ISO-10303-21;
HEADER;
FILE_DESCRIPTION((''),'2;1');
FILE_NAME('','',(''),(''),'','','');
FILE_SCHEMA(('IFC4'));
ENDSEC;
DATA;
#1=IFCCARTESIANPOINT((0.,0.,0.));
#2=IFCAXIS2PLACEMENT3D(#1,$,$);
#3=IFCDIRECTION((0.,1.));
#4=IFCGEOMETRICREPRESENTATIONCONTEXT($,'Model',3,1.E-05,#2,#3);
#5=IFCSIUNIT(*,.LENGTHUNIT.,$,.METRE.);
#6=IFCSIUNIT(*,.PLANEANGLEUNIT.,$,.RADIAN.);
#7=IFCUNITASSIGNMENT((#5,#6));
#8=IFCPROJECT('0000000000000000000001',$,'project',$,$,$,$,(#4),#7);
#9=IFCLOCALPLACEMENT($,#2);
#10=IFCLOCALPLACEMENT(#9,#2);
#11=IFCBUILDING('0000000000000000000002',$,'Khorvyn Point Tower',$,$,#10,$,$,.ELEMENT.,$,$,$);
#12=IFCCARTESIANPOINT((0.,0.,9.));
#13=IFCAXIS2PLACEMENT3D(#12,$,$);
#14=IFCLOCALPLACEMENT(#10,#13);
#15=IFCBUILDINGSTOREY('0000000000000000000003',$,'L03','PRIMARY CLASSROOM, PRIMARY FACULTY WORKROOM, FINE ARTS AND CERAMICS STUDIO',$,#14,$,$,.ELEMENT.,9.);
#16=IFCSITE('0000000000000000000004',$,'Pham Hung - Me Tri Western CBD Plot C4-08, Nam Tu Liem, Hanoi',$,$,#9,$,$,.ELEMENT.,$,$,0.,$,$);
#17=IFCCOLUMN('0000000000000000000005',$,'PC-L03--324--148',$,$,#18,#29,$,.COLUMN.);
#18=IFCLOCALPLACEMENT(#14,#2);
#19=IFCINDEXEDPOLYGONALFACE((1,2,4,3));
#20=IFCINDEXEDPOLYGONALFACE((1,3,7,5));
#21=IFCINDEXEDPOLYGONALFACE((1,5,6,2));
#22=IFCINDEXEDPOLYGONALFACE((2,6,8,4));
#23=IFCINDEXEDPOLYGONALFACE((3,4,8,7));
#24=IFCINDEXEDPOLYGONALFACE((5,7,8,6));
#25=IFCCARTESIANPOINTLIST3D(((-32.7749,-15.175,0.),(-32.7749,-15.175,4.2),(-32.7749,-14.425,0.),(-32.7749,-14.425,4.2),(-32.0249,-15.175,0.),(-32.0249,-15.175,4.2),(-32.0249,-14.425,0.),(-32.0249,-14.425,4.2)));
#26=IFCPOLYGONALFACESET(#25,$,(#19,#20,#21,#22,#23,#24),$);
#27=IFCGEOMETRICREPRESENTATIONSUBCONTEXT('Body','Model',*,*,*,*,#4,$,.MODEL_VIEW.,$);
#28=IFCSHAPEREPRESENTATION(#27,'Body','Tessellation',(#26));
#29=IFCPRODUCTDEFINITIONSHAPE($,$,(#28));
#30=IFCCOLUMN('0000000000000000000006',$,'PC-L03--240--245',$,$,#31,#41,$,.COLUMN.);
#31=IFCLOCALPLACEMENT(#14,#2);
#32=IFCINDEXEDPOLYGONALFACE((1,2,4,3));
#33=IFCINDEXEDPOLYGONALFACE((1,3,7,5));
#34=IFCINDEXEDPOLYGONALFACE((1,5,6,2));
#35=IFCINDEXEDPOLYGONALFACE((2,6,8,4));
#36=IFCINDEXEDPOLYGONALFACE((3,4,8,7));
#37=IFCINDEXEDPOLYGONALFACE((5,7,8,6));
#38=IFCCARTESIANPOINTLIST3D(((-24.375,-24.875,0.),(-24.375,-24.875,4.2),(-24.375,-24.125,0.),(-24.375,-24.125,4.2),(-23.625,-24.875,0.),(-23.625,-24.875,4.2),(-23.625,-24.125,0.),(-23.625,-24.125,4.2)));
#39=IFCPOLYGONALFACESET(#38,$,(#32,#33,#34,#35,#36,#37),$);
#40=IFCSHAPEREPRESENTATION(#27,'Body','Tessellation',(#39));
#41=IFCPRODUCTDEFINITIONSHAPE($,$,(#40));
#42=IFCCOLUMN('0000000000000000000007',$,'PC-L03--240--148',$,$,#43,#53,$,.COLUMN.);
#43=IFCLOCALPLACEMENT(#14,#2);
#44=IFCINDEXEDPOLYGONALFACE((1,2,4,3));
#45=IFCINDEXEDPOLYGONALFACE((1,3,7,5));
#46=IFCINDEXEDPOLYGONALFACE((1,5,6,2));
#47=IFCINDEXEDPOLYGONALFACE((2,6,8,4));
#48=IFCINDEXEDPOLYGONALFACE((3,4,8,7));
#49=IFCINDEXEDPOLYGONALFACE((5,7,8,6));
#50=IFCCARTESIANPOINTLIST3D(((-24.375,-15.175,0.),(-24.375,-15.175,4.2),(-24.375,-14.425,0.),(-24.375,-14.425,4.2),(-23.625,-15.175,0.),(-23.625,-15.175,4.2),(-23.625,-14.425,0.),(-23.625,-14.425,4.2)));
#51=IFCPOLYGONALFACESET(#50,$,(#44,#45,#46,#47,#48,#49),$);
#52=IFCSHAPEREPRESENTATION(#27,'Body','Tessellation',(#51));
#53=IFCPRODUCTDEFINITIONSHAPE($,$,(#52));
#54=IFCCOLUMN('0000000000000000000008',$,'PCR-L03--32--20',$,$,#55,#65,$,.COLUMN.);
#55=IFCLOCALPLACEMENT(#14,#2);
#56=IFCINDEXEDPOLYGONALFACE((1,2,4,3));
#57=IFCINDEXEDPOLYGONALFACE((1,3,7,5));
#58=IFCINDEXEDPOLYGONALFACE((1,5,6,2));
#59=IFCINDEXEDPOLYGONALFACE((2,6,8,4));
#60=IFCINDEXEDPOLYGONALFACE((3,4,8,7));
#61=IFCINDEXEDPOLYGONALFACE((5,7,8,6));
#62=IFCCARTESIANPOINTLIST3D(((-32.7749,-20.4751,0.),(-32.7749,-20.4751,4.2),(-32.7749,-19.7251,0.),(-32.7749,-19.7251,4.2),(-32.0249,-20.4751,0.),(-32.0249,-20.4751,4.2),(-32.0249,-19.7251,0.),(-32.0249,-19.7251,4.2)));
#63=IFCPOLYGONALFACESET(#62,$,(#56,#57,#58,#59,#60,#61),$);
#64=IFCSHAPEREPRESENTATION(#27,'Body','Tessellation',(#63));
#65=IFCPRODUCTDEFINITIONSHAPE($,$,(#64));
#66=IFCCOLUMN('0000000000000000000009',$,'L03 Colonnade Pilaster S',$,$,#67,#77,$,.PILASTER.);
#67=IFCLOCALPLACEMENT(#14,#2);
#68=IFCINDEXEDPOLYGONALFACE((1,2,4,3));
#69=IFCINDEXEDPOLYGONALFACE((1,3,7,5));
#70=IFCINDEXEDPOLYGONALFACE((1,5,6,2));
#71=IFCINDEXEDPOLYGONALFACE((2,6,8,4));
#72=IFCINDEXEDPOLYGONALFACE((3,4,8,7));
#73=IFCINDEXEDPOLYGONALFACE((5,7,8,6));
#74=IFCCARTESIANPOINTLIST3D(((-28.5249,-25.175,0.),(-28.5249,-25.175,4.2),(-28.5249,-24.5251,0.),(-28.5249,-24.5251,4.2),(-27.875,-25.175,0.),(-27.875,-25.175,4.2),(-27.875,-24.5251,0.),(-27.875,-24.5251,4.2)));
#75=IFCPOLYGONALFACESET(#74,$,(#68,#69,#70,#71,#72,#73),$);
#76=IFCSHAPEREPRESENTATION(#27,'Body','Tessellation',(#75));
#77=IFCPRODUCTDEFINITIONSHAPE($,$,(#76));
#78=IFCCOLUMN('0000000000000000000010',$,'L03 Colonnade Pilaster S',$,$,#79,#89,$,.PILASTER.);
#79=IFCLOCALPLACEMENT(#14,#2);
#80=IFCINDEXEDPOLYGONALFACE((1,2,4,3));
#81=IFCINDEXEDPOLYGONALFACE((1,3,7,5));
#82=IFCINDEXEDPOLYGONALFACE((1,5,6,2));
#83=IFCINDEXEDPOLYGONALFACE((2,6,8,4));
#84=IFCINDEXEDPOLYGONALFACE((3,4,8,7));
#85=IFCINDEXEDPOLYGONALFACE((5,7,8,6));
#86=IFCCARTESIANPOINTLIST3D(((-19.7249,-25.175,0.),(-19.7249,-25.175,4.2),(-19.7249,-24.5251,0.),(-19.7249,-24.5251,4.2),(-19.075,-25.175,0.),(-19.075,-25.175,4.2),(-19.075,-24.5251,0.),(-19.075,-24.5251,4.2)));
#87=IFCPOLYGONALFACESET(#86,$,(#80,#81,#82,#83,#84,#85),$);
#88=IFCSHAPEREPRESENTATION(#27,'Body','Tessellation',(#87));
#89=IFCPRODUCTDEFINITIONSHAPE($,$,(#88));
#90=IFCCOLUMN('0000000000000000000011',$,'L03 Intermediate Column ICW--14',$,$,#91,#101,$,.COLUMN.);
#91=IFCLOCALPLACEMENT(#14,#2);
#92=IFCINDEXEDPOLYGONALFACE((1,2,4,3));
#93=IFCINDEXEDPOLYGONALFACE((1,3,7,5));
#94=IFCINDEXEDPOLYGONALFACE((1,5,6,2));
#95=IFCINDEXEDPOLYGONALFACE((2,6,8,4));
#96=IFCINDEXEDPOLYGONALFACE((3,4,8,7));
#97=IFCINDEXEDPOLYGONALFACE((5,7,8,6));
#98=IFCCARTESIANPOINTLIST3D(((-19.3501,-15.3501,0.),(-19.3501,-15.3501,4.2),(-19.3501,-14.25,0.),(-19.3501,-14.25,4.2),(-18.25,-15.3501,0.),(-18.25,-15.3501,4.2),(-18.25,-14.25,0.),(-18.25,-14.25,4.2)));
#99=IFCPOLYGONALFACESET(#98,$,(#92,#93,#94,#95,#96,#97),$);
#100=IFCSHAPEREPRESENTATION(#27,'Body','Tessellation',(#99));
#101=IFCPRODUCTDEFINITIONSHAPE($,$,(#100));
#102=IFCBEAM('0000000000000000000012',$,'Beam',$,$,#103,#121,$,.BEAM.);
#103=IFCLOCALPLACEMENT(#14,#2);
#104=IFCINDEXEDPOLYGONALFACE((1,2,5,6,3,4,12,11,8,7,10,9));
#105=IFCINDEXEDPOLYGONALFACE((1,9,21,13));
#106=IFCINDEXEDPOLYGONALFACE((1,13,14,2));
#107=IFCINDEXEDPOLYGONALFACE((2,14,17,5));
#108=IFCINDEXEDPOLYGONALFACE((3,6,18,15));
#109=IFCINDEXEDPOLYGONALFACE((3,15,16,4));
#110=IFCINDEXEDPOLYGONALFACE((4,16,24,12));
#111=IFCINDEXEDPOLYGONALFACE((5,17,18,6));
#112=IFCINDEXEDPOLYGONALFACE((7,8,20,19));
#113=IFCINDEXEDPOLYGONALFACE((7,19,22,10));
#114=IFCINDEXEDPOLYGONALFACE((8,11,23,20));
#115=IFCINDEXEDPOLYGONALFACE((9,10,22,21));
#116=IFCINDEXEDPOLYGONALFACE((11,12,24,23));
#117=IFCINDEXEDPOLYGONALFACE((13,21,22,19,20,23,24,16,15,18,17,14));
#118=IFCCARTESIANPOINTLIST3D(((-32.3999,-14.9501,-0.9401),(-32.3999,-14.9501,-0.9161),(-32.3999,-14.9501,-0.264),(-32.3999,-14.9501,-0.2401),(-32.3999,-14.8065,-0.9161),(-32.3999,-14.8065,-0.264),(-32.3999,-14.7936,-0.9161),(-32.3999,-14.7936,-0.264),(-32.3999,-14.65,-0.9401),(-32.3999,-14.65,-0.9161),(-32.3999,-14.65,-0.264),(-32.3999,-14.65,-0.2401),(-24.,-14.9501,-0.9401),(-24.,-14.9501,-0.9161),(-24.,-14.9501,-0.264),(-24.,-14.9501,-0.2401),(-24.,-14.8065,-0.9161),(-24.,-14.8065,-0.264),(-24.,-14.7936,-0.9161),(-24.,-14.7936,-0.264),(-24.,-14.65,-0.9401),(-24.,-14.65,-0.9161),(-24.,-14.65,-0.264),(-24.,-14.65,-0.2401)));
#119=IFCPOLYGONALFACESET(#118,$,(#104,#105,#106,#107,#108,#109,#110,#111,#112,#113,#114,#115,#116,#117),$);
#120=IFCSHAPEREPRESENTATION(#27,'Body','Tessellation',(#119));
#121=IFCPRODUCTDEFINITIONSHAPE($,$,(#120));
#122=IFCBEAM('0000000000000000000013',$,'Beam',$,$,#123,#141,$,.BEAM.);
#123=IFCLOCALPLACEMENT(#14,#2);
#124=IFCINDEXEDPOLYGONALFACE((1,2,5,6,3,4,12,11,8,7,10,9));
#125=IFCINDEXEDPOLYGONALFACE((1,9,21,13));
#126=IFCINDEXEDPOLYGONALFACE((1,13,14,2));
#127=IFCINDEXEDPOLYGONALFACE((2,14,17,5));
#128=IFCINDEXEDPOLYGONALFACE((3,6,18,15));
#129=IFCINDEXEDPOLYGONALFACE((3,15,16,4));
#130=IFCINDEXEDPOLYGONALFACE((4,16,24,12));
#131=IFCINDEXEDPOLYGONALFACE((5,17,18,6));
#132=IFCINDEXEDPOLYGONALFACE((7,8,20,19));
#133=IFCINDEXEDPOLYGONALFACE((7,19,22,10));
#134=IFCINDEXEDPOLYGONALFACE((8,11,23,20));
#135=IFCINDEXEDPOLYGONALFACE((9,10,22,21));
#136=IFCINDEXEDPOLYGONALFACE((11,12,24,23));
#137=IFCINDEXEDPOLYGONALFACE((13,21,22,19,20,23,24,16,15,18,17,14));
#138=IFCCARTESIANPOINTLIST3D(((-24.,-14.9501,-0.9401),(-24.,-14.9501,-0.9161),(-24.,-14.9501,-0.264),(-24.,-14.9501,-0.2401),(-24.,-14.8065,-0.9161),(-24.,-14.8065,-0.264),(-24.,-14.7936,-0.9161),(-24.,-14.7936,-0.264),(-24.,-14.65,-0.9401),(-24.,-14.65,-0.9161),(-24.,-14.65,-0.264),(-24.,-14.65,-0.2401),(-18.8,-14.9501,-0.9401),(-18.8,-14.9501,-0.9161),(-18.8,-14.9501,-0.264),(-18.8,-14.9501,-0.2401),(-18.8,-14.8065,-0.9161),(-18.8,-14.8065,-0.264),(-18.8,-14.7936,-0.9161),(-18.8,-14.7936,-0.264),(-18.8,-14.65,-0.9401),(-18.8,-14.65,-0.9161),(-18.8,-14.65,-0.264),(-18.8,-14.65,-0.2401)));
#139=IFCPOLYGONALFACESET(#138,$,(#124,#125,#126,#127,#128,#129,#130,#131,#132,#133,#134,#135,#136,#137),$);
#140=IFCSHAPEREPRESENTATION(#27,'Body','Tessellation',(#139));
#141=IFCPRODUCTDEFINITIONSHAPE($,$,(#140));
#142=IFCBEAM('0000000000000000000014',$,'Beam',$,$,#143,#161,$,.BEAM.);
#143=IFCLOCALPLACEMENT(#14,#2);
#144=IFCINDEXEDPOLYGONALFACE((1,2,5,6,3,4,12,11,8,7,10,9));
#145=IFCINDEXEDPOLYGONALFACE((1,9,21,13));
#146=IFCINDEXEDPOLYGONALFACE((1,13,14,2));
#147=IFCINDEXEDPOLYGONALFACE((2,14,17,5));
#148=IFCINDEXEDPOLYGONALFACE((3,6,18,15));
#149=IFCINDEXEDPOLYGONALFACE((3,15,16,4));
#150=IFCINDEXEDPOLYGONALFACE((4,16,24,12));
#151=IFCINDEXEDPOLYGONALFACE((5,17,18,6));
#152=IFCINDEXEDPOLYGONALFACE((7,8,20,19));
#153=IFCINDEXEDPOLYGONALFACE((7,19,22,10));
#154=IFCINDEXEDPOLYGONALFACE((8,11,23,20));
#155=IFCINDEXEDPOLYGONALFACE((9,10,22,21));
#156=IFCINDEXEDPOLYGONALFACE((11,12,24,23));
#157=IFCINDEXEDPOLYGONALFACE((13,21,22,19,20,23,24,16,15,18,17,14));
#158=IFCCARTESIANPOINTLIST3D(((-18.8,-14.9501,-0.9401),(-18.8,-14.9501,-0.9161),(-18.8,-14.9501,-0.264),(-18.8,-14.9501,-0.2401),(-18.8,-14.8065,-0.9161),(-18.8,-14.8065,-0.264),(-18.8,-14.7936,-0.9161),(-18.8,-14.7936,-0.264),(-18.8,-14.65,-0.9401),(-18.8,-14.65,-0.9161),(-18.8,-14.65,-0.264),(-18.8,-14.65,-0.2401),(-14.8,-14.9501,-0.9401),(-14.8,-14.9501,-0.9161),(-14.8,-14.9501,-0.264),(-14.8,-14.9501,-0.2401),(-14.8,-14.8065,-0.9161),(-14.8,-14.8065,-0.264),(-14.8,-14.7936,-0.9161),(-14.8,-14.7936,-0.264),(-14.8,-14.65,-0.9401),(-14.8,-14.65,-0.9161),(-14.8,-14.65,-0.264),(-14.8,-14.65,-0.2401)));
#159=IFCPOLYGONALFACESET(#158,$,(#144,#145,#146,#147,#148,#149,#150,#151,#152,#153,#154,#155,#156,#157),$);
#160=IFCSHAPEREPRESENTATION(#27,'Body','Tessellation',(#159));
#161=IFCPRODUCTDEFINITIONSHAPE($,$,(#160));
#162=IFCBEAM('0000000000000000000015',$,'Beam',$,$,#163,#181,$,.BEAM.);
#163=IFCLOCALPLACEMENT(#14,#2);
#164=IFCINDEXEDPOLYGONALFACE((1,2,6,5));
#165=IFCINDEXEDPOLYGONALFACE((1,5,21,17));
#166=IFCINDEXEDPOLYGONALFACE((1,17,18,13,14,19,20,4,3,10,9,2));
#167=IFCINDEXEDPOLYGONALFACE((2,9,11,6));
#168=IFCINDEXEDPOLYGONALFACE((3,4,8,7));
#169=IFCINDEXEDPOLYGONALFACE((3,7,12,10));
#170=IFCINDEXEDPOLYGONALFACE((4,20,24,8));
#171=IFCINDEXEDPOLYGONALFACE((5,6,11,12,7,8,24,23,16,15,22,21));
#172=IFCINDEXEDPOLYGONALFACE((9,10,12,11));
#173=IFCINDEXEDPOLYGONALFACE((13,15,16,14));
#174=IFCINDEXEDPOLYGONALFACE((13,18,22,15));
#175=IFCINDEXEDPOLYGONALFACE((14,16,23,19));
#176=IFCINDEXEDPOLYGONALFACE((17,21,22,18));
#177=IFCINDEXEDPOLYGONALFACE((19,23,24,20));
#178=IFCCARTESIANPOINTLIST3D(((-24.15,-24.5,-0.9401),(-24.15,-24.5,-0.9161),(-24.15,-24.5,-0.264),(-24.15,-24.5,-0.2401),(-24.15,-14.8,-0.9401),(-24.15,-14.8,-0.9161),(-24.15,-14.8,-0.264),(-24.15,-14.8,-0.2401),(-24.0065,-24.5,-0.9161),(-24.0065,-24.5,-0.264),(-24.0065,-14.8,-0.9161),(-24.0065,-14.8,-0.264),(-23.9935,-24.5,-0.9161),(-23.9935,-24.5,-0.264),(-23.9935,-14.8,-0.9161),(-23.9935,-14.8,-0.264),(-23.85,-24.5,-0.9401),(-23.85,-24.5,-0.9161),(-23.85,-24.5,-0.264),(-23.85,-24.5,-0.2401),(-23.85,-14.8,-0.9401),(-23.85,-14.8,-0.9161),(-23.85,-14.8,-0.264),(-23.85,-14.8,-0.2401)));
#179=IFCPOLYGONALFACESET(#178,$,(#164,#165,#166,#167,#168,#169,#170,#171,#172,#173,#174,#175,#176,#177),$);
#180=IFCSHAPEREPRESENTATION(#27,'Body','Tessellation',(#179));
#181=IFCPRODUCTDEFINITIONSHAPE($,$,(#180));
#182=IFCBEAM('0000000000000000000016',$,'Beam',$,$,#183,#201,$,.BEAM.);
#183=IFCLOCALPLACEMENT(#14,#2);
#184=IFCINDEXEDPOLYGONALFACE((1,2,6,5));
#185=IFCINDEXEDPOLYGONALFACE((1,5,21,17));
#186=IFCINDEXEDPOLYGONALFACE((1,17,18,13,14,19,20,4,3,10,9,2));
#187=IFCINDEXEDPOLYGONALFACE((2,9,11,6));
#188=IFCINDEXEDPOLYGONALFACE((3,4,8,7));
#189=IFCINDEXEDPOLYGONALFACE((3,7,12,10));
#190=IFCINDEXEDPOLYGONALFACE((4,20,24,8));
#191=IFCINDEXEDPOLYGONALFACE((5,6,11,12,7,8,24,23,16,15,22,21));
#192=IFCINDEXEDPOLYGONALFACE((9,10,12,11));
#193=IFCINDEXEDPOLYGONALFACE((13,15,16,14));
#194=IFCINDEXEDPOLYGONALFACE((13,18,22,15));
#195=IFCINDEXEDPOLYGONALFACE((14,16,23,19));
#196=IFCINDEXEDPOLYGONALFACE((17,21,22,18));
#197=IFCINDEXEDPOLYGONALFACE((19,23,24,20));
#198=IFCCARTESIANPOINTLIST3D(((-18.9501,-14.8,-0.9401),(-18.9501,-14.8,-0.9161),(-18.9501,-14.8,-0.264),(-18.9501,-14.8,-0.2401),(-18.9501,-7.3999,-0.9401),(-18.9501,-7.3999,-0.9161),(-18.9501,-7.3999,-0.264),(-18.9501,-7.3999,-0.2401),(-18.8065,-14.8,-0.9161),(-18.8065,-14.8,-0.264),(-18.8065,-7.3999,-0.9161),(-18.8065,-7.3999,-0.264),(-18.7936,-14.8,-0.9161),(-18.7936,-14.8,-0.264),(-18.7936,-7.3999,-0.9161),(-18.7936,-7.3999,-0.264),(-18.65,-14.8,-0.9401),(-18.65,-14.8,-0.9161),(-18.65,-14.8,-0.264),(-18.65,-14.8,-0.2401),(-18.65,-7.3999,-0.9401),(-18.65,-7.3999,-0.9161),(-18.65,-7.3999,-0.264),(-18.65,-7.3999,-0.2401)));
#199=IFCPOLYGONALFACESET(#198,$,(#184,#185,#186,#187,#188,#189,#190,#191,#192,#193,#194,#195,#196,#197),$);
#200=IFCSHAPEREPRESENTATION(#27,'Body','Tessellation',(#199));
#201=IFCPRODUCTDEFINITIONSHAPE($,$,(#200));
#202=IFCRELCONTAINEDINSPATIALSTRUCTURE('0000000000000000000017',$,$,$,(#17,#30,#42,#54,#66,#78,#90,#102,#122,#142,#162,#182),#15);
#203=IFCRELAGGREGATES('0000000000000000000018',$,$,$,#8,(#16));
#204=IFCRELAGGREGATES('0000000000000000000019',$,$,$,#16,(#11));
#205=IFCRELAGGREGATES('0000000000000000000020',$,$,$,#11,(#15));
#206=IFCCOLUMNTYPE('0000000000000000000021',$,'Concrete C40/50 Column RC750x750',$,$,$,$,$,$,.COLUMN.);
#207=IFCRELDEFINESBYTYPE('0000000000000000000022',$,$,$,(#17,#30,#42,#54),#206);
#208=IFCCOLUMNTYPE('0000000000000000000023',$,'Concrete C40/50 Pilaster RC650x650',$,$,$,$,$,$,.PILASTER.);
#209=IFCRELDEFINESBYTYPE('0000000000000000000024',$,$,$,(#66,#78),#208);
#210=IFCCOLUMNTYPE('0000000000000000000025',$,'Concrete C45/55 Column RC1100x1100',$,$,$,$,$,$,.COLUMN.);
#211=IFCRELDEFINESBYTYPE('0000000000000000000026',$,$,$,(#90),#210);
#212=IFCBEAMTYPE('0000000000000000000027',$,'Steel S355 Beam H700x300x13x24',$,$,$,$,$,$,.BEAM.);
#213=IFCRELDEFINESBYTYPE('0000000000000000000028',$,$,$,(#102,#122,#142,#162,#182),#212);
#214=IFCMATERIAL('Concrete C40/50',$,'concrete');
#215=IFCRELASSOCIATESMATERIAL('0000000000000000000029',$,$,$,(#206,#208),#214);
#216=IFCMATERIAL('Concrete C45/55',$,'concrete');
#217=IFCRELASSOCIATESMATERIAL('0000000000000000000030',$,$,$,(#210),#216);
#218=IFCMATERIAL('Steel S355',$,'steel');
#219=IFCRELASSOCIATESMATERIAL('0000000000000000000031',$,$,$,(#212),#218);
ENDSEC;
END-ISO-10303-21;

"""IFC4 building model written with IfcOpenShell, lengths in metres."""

from ifc_helpers import new_model, si_unit, direction, frame, origin, origin_2d, place, context, subcontext, project, spatial, rectangle, i_section, extrude, material, material_profile, profile_set, type_object, element, save


model = new_model("IFC4")

# Units and contexts
model_context = context("Model", 3, precision=1e-05, world=origin(), true_north=direction((0.0, 1.0)))
body_context = subcontext(model_context, "Body", "Model", "MODEL_VIEW")
ifc_project = project(units=[si_unit("LENGTHUNIT", "METRE"), si_unit("PLANEANGLEUNIT", "RADIAN")], contexts=[model_context])

# Site, building, storey
site_placement = place(None, origin())
site = spatial("IfcSite", under=ifc_project, at=site_placement, Name="Pham Hung - Me Tri Western CBD Plot C4-08, Nam Tu Liem, Hanoi", CompositionType="ELEMENT", RefElevation=0.0)
building_placement = place(site_placement, origin())
building = spatial("IfcBuilding", under=site, at=building_placement, Name="Khorvyn Point Tower", CompositionType="ELEMENT")
storey_placement = place(building_placement, frame((0.0, 0.0, 9.0)))
storey = spatial("IfcBuildingStorey", under=building, at=storey_placement, Name="L03", Description="PRIMARY CLASSROOM, PRIMARY FACULTY WORKROOM, FINE ARTS AND CERAMICS STUDIO", CompositionType="ELEMENT", Elevation=9.0)

# Columns
ifc_material_1 = material(Name="Concrete C40/50", Category="concrete")
ifc_material_profile_1 = material_profile(ifc_material_1, rectangle(XDim=0.75, YDim=0.75, at=origin_2d()))
ifc_profile_set_1 = profile_set([ifc_material_profile_1], Name="Concrete C40/50 RC750x750")
column_type_1 = type_object("IfcColumnType", Name="Concrete C40/50 Column RC750x750", PredefinedType="COLUMN", material=ifc_profile_set_1)
for number, where, z_axis, x_axis, name in (
    (1, (-32.3999, -14.8, 0.0), (0.0, 0.0, 1.0), (1.0, 0.0, 0.0), "PC-L03--324--148"),
    (2, (-24.0, -24.5, 0.0), (0.0, 0.0, 1.0), (1.0, 0.0, 0.0), "PC-L03--240--245"),
    (3, (-24.0, -14.8, 0.0), (0.0, 0.0, 1.0), (1.0, 0.0, 0.0), "PC-L03--240--148"),
    (4, (-32.3999, -20.1001, 0.0), (0.0, 0.0, 1.0), (1.0, 0.0, 0.0), "PCR-L03--32--20"),
):
    element("IfcColumn", number, at=place(storey_placement, frame(where, z_axis=z_axis, x_axis=x_axis)), inside=storey, type_object=column_type_1, Name=name, PredefinedType="COLUMN", context=body_context, shape_type="SweptSolid", body=[
        extrude(rectangle(XDim=0.75, YDim=0.75, at=origin_2d()), origin(), (0.0, 0.0, 1.0), 4.2),
    ])
ifc_material_profile_2 = material_profile(ifc_material_1, rectangle(XDim=0.6499, YDim=0.6499, at=origin_2d()))
ifc_profile_set_2 = profile_set([ifc_material_profile_2], Name="Concrete C40/50 RC650x650")
column_type_2 = type_object("IfcColumnType", Name="Concrete C40/50 Pilaster RC650x650", PredefinedType="PILASTER", material=ifc_profile_set_2)
for number, where, z_axis, x_axis, name in (
    (5, (-28.2, -24.8501, 0.0), (0.0, 0.0, 1.0), (1.0, 0.0, 0.0), "L03 Colonnade Pilaster S"),
    (6, (-19.3999, -24.8501, 0.0), (0.0, 0.0, 1.0), (1.0, 0.0, 0.0), "L03 Colonnade Pilaster S"),
):
    element("IfcColumn", number, at=place(storey_placement, frame(where, z_axis=z_axis, x_axis=x_axis)), inside=storey, type_object=column_type_2, Name=name, PredefinedType="PILASTER", context=body_context, shape_type="SweptSolid", body=[
        extrude(rectangle(XDim=0.6499, YDim=0.6499, at=origin_2d()), origin(), (0.0, 0.0, 1.0), 4.2),
    ])
ifc_material_2 = material(Name="Concrete C45/55", Category="concrete")
ifc_material_profile_3 = material_profile(ifc_material_2, rectangle(XDim=1.1001, YDim=1.1001, at=origin_2d()))
ifc_profile_set_3 = profile_set([ifc_material_profile_3], Name="Concrete C45/55 RC1100x1100")
column_type_3 = type_object("IfcColumnType", Name="Concrete C45/55 Column RC1100x1100", PredefinedType="COLUMN", material=ifc_profile_set_3)
column_placement = place(storey_placement, frame((-18.8, -14.8, 0.0), z_axis=(0.0, 0.0, 1.0), x_axis=(1.0, 0.0, 0.0)))
element("IfcColumn", 7, at=column_placement, inside=storey, type_object=column_type_3, Name="L03 Intermediate Column ICW--14", PredefinedType="COLUMN", context=body_context, shape_type="SweptSolid", body=[
    extrude(rectangle(XDim=1.1001, YDim=1.1001, at=origin_2d()), origin(), (0.0, 0.0, 1.0), 4.2),
])

# Beams
ifc_material_3 = material(Name="Steel S355", Category="steel")
ifc_material_profile_4 = material_profile(ifc_material_3, i_section(OverallWidth=0.3, OverallDepth=0.7, WebThickness=0.0129, FlangeThickness=0.0239, at=origin_2d()))
ifc_profile_set_4 = profile_set([ifc_material_profile_4], Name="Steel S355 H700x300x13x24")
beam_type_1 = type_object("IfcBeamType", Name="Steel S355 Beam H700x300x13x24", PredefinedType="BEAM", material=ifc_profile_set_4)
beam_1_placement = place(storey_placement, frame((-32.3999, -14.8, -0.5901), z_axis=(1.0, 0.0, 0.0), x_axis=(0.0, 1.0, 0.0)))
element("IfcBeam", 8, at=beam_1_placement, inside=storey, type_object=beam_type_1, Name="Beam", PredefinedType="BEAM", context=body_context, shape_type="SweptSolid", body=[
    extrude(i_section(OverallWidth=0.3, OverallDepth=0.7, WebThickness=0.0129, FlangeThickness=0.0239, at=origin_2d()), origin(), (0.0, 0.0, 1.0), 8.3999),
])
beam_2_placement = place(storey_placement, frame((-24.0, -14.8, -0.5901), z_axis=(1.0, 0.0, 0.0), x_axis=(0.0, 1.0, 0.0)))
element("IfcBeam", 9, at=beam_2_placement, inside=storey, type_object=beam_type_1, Name="Beam", PredefinedType="BEAM", context=body_context, shape_type="SweptSolid", body=[
    extrude(i_section(OverallWidth=0.3, OverallDepth=0.7, WebThickness=0.0129, FlangeThickness=0.0239, at=origin_2d()), origin(), (0.0, 0.0, 1.0), 5.2),
])
beam_3_placement = place(storey_placement, frame((-18.8, -14.8, -0.5901), z_axis=(1.0, 0.0, 0.0), x_axis=(0.0, 1.0, 0.0)))
element("IfcBeam", 10, at=beam_3_placement, inside=storey, type_object=beam_type_1, Name="Beam", PredefinedType="BEAM", context=body_context, shape_type="SweptSolid", body=[
    extrude(i_section(OverallWidth=0.3, OverallDepth=0.7, WebThickness=0.0129, FlangeThickness=0.0239, at=origin_2d()), origin(), (0.0, 0.0, 1.0), 4.0),
])
beam_4_placement = place(storey_placement, frame((-24.0, -24.5, -0.5901), z_axis=(0.0, 1.0, 0.0), x_axis=(-1.0, 0.0, 0.0)))
element("IfcBeam", 11, at=beam_4_placement, inside=storey, type_object=beam_type_1, Name="Beam", PredefinedType="BEAM", context=body_context, shape_type="SweptSolid", body=[
    extrude(i_section(OverallWidth=0.3, OverallDepth=0.7, WebThickness=0.0129, FlangeThickness=0.0239, at=origin_2d()), origin(), (0.0, 0.0, 1.0), 9.7),
])
beam_5_placement = place(storey_placement, frame((-18.8, -14.8, -0.5901), z_axis=(0.0, 1.0, 0.0), x_axis=(-1.0, 0.0, 0.0)))
element("IfcBeam", 12, at=beam_5_placement, inside=storey, type_object=beam_type_1, Name="Beam", PredefinedType="BEAM", context=body_context, shape_type="SweptSolid", body=[
    extrude(i_section(OverallWidth=0.3, OverallDepth=0.7, WebThickness=0.0129, FlangeThickness=0.0239, at=origin_2d()), origin(), (0.0, 0.0, 1.0), 7.4001),
])

save(model, "model.ifc")
